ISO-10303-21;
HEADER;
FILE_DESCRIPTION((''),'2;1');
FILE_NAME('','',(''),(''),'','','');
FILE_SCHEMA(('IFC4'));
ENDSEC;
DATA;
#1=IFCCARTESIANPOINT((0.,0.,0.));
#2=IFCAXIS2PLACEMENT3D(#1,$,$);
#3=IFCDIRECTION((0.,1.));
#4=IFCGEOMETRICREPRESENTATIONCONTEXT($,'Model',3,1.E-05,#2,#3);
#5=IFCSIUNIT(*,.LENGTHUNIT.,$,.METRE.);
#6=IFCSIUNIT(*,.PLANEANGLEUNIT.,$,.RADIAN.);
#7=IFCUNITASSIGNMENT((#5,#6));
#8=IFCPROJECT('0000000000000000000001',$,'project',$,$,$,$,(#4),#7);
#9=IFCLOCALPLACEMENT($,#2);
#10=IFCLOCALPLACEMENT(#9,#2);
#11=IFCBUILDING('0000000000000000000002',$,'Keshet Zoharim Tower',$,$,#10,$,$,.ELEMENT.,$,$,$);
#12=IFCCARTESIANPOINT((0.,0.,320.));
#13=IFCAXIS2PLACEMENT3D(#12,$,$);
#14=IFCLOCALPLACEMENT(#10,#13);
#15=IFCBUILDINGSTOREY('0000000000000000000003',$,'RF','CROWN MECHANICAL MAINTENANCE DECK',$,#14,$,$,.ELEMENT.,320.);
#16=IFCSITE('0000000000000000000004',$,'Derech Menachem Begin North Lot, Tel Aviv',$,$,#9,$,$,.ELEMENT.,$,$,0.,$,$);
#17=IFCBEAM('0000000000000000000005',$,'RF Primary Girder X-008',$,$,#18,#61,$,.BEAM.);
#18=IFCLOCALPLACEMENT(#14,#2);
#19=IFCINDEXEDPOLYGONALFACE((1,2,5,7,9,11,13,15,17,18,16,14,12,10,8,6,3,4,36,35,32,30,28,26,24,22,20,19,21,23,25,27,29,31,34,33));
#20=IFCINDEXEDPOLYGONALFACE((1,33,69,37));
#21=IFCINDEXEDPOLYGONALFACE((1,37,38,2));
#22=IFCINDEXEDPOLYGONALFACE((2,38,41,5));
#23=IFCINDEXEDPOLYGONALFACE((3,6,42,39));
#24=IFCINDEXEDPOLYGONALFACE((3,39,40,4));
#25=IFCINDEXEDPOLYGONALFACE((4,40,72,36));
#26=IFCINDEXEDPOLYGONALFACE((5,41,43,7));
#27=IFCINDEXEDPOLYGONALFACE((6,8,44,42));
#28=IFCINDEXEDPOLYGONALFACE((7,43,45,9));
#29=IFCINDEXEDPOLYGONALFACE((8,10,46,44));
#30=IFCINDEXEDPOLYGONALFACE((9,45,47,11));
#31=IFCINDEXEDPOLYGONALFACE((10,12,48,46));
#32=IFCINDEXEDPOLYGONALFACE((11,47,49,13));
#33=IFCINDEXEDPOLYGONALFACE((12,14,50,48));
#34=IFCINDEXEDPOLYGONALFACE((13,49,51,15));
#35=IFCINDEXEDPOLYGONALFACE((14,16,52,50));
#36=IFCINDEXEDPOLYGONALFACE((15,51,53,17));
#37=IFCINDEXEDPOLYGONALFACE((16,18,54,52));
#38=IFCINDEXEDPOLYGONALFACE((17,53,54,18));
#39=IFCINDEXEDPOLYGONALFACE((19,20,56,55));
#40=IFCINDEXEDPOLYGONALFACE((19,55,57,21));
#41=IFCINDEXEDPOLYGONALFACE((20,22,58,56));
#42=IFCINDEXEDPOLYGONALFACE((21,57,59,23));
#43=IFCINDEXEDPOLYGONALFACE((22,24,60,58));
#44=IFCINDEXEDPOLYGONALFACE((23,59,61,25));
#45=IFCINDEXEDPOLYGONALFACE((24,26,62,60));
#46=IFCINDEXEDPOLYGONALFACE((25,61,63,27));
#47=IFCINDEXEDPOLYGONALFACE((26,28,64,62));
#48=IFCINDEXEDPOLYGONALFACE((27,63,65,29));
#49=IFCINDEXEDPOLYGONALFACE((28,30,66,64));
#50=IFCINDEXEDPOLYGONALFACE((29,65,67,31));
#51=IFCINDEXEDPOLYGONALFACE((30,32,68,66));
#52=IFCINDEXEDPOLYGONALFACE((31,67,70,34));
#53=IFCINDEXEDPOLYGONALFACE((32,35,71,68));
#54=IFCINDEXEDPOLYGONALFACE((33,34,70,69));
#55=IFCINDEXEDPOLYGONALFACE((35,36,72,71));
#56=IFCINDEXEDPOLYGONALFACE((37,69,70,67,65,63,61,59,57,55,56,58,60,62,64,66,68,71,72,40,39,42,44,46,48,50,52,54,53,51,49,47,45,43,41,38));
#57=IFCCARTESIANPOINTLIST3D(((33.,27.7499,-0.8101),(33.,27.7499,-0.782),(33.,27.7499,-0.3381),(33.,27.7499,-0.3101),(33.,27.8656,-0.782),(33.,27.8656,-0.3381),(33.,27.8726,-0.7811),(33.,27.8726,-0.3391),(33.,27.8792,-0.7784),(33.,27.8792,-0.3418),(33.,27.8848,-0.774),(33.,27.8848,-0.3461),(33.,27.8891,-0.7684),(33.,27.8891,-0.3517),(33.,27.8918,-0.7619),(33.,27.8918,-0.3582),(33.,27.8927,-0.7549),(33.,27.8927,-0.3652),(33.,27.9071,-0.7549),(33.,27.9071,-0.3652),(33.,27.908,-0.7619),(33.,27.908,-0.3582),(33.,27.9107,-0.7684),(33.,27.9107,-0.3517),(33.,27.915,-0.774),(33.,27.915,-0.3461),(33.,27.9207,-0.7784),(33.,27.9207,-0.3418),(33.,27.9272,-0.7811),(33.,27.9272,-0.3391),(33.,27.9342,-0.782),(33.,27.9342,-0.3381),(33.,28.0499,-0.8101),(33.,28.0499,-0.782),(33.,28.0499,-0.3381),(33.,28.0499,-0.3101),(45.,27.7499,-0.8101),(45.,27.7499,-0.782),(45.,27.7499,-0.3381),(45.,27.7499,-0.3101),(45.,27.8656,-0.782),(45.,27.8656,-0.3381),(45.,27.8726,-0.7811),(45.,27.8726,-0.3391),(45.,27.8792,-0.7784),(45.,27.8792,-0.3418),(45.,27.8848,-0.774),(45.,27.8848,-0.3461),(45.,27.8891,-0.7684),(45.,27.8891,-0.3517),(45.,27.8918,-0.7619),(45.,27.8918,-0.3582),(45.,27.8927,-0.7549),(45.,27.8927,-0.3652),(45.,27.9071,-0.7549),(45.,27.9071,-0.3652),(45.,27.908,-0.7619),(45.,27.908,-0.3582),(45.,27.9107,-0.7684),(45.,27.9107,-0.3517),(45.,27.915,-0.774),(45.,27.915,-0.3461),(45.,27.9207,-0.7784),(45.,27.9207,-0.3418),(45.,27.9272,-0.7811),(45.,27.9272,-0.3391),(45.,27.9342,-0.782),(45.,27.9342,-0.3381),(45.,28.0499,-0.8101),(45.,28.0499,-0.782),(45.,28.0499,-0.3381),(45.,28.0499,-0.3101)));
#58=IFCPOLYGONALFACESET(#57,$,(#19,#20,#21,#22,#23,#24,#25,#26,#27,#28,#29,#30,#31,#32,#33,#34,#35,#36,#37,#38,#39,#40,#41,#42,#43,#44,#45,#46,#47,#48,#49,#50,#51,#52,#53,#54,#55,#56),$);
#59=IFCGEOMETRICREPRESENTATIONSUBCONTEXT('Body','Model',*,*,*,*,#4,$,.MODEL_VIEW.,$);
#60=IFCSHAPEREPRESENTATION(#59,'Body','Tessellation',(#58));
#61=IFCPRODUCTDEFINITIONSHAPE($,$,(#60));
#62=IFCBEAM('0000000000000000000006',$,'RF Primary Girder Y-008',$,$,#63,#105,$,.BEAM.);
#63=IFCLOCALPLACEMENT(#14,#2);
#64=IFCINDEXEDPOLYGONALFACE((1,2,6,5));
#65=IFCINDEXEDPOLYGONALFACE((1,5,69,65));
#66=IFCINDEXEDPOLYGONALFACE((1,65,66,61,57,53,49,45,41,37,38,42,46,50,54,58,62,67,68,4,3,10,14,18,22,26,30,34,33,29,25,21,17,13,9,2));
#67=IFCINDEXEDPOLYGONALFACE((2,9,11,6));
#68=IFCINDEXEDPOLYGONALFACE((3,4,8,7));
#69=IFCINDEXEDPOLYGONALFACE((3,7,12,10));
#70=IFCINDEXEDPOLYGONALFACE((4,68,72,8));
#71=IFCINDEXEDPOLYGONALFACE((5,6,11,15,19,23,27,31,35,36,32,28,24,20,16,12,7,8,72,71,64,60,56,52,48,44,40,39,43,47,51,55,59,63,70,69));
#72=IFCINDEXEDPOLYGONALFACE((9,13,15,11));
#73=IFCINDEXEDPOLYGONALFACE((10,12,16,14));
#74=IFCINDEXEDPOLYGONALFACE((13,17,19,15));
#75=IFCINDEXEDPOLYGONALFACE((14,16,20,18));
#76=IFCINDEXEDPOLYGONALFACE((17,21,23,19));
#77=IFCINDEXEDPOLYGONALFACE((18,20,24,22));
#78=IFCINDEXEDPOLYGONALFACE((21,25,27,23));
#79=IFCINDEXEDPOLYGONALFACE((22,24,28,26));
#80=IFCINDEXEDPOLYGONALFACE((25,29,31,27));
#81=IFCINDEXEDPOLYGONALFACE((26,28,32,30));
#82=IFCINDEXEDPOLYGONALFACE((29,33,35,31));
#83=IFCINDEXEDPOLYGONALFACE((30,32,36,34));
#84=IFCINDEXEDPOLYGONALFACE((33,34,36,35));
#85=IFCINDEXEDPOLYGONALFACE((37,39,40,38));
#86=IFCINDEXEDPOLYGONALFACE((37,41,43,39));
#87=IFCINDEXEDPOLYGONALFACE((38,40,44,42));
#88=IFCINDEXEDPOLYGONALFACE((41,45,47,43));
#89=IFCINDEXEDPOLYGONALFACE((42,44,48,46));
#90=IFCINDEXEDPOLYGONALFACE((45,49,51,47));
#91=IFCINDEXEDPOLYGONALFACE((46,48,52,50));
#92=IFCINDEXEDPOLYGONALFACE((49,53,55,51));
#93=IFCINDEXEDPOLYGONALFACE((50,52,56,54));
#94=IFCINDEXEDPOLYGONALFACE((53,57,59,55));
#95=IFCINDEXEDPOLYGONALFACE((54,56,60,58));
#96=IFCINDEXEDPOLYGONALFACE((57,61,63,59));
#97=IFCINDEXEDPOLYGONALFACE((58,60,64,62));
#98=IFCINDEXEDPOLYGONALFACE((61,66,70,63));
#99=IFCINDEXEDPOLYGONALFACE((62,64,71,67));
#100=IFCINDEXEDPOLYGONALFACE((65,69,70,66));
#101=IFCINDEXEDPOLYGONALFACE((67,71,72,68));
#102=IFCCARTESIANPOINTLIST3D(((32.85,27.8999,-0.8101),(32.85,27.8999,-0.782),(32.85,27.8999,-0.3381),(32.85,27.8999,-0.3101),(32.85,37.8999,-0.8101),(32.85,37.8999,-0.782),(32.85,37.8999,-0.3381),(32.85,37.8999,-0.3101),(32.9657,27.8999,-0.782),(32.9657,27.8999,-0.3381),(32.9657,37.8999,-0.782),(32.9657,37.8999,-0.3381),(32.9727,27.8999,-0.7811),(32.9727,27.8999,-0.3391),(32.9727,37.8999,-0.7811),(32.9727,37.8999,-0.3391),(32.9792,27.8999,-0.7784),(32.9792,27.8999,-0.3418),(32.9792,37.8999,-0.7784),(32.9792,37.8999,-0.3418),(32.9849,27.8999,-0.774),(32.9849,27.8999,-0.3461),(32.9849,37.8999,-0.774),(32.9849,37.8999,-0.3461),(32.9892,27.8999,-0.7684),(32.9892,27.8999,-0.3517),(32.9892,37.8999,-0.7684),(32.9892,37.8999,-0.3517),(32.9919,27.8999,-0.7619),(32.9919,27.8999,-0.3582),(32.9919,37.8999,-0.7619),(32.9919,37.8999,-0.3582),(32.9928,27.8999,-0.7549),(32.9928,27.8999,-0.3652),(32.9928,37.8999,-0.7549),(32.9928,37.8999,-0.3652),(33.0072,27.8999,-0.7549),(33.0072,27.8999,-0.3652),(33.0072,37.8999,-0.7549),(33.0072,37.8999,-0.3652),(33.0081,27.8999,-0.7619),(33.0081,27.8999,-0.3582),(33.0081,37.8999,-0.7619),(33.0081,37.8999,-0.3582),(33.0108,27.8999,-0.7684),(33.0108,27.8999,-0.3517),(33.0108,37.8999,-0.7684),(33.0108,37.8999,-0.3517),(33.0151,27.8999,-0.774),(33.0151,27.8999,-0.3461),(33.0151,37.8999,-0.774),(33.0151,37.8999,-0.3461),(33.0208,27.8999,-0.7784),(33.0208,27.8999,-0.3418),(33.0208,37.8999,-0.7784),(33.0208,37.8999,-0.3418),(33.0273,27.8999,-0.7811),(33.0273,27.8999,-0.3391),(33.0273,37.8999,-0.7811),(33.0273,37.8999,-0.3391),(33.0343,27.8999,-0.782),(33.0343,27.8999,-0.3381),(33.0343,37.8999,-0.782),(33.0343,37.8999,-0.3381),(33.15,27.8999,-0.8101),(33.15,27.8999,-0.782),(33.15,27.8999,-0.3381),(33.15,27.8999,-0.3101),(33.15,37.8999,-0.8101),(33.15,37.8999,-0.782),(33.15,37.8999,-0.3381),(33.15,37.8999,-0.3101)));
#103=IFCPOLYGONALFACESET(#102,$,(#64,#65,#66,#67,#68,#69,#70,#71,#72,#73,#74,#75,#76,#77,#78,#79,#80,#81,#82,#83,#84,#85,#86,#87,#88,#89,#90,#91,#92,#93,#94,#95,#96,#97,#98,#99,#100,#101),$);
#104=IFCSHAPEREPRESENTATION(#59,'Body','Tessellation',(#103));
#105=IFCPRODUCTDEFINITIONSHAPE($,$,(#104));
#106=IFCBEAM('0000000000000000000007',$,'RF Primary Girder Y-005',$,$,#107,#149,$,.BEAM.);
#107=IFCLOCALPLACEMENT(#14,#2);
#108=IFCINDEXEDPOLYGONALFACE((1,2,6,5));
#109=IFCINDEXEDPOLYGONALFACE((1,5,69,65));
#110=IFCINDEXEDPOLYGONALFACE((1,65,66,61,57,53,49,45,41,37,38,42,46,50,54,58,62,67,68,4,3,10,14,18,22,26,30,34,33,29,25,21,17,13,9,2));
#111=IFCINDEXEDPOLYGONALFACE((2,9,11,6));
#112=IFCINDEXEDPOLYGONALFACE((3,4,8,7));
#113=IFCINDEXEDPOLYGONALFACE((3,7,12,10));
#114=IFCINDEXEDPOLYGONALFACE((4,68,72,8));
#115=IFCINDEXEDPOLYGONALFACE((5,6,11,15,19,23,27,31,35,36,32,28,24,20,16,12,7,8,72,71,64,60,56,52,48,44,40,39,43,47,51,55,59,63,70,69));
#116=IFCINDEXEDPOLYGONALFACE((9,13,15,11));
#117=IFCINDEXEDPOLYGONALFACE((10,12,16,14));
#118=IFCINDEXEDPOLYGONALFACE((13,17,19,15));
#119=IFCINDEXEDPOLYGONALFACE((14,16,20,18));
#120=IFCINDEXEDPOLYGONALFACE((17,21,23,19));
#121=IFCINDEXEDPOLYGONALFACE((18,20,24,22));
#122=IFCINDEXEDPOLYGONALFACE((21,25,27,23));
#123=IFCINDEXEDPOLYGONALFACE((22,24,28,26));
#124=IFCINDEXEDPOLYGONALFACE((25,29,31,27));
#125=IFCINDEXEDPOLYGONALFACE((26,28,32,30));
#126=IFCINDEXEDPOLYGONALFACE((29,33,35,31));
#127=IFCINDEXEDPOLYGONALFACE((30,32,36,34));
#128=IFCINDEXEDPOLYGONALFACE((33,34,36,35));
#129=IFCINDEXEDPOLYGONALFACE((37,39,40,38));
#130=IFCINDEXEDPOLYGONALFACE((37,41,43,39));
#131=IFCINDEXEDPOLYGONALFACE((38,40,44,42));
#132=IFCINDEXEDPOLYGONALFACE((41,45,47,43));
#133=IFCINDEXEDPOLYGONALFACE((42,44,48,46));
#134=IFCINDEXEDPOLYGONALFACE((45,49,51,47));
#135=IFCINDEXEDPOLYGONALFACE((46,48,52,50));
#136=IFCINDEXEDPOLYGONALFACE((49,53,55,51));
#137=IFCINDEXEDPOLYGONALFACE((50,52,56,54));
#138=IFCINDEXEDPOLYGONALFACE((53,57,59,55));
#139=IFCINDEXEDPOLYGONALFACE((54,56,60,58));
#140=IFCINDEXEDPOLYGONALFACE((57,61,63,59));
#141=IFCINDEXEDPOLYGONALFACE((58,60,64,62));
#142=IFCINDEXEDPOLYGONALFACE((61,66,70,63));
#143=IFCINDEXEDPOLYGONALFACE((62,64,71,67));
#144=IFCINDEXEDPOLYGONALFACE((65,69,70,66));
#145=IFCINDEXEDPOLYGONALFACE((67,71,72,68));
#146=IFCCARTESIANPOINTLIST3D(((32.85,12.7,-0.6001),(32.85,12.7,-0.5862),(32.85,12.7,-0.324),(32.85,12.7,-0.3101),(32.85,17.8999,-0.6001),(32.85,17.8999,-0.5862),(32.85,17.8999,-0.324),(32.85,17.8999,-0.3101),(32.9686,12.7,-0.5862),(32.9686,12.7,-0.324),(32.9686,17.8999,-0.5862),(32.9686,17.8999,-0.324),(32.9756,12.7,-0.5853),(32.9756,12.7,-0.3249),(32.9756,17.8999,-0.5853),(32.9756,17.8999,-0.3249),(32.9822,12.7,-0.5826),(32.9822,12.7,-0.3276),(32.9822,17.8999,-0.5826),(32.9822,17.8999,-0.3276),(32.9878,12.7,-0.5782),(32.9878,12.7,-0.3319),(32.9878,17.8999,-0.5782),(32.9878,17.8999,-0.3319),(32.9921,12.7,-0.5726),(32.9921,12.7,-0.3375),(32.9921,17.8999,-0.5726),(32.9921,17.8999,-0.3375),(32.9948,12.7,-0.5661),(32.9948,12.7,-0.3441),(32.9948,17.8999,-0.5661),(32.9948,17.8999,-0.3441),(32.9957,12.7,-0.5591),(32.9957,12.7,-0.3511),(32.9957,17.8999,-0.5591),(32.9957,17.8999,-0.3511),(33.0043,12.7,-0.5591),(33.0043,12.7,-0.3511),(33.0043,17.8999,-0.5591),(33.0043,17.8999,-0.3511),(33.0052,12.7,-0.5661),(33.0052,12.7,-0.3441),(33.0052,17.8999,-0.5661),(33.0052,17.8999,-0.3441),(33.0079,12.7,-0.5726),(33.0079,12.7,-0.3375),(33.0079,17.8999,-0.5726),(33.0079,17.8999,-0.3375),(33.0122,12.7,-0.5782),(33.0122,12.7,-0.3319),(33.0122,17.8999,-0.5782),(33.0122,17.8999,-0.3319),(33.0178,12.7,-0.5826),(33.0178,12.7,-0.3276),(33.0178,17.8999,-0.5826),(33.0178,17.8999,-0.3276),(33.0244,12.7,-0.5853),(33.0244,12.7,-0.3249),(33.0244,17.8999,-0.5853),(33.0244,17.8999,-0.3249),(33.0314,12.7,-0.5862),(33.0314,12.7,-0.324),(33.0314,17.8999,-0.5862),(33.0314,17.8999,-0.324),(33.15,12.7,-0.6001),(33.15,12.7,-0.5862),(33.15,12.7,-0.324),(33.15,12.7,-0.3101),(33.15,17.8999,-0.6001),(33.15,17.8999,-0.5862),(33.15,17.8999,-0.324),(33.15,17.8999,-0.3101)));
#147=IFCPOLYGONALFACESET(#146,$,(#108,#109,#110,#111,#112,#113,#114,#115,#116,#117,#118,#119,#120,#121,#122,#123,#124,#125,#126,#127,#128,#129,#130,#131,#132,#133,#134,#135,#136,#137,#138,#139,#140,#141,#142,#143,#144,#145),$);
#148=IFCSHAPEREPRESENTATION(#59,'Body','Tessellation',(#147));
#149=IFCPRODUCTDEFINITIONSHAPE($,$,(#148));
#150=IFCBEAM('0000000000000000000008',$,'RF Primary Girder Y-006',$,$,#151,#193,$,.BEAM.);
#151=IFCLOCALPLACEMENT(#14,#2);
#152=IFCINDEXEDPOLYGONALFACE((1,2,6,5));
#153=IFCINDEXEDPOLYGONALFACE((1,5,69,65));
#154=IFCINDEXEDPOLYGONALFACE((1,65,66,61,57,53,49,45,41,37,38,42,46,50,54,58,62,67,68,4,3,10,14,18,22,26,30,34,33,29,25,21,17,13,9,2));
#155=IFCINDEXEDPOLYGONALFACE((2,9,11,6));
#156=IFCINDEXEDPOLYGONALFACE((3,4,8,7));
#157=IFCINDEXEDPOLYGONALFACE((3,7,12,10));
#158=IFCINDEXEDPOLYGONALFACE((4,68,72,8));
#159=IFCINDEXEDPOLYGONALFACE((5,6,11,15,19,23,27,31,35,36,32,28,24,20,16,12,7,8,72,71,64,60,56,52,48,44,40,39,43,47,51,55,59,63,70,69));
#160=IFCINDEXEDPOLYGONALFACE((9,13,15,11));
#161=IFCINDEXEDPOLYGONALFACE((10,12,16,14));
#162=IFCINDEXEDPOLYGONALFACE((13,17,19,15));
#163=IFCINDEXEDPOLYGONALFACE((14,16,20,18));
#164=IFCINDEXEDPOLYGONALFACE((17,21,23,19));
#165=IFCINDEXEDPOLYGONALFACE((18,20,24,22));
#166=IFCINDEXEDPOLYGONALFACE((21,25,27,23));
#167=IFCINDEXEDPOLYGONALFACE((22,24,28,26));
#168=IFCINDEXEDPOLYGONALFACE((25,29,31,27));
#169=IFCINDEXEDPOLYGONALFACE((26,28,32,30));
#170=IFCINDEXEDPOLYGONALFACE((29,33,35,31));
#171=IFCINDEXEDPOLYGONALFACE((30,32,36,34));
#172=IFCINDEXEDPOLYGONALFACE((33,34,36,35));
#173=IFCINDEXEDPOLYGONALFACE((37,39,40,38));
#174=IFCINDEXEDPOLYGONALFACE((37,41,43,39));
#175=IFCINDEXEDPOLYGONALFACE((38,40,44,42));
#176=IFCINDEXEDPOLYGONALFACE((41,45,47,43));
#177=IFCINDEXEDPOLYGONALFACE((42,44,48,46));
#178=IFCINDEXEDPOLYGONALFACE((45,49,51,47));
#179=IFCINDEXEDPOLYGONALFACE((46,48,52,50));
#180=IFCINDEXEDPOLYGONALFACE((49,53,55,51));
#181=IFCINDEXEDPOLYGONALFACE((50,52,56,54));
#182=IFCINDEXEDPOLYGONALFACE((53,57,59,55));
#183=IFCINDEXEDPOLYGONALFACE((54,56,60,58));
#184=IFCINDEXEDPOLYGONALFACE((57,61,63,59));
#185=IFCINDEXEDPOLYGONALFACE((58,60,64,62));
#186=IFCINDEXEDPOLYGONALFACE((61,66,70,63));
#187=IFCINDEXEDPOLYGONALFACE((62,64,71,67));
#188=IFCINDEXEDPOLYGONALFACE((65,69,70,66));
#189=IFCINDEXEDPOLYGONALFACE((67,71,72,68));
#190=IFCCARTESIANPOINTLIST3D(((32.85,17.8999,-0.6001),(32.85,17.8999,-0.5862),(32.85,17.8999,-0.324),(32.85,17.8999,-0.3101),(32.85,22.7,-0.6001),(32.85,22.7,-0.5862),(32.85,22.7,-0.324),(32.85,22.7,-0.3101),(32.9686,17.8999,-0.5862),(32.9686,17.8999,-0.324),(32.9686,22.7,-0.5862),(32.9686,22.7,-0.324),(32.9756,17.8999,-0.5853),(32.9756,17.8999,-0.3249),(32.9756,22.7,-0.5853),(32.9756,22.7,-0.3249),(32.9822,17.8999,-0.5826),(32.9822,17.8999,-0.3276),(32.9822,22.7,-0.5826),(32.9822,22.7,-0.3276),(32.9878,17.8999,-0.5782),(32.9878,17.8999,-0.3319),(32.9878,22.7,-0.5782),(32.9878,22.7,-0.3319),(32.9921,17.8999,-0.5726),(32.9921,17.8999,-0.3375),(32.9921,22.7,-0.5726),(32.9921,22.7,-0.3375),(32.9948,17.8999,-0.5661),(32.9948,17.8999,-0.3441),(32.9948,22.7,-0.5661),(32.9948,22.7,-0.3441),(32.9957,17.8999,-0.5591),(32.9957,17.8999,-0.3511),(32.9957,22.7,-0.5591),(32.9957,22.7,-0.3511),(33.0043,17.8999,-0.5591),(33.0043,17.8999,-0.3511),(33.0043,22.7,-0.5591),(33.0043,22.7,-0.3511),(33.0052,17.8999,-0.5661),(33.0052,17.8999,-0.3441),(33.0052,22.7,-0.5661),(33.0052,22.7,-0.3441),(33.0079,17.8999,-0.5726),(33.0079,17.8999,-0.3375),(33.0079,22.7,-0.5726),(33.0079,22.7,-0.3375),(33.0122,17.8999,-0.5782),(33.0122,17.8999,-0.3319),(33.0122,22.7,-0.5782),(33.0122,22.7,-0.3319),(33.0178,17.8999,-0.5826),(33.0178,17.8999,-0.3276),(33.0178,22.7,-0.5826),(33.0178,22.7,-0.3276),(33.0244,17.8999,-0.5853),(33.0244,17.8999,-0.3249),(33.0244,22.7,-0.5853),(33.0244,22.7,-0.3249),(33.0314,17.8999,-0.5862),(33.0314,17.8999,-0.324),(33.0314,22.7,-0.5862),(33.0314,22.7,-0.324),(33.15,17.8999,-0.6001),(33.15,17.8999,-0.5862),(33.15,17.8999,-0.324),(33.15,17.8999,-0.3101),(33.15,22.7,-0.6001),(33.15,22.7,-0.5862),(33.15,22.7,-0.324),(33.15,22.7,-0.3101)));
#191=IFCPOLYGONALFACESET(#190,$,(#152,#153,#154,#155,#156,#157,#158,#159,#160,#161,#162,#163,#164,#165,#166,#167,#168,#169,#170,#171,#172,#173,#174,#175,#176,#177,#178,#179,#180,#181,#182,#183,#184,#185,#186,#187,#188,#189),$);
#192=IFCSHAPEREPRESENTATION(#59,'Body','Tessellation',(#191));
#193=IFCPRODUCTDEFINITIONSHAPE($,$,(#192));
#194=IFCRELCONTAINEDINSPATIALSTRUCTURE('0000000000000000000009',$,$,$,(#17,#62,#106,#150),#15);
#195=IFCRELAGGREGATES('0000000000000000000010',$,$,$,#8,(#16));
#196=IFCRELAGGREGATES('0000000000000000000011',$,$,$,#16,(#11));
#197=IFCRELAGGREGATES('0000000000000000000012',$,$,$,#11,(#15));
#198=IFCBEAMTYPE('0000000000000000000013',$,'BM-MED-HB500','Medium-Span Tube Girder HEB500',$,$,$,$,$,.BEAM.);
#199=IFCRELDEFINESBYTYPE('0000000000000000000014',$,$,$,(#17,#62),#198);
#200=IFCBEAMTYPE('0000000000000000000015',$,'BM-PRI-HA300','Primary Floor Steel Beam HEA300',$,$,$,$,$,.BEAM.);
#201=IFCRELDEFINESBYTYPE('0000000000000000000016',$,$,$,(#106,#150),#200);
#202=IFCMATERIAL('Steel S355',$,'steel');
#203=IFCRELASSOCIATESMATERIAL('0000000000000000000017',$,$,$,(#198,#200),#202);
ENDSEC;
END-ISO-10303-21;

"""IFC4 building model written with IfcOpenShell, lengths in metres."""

from ifc_helpers import new_model, si_unit, direction, frame, origin, origin_2d, place, context, subcontext, project, spatial, i_section, extrude, material, material_profile, profile_set, type_object, element, save


model = new_model("IFC4")

# Units and contexts
model_context = context("Model", 3, precision=1e-05, world=origin(), true_north=direction((0.0, 1.0)))
body_context = subcontext(model_context, "Body", "Model", "MODEL_VIEW")
ifc_project = project(units=[si_unit("LENGTHUNIT", "METRE"), si_unit("PLANEANGLEUNIT", "RADIAN")], contexts=[model_context])

# Site, building, storey
site_placement = place(None, origin())
site = spatial("IfcSite", under=ifc_project, at=site_placement, Name="Derech Menachem Begin North Lot, Tel Aviv", CompositionType="ELEMENT", RefElevation=0.0)
building_placement = place(site_placement, origin())
building = spatial("IfcBuilding", under=site, at=building_placement, Name="Keshet Zoharim Tower", CompositionType="ELEMENT")
storey_placement = place(building_placement, frame((0.0, 0.0, 320.0)))
storey = spatial("IfcBuildingStorey", under=building, at=storey_placement, Name="RF", Description="CROWN MECHANICAL MAINTENANCE DECK", CompositionType="ELEMENT", Elevation=320.0)

# Shared definitions
ifc_material_1 = material(Name="Steel S355", Category="steel")

# Beams
ifc_material_profile_1 = material_profile(ifc_material_1, i_section(OverallWidth=0.3, OverallDepth=0.5, WebThickness=0.0144, FlangeThickness=0.0281, FilletRadius=0.0271, at=origin_2d()), Name="HEB500")
ifc_profile_set_1 = profile_set([ifc_material_profile_1], Name="Steel S355")
beam_type_1 = type_object("IfcBeamType", Name="BM-MED-HB500", Description="Medium-Span Tube Girder HEB500", PredefinedType="BEAM", material=ifc_profile_set_1)
beam_1_placement = place(storey_placement, frame((33.0, 27.8999, -0.5601), z_axis=(1.0, 0.0, 0.0), x_axis=(0.0, 1.0, 0.0)))
element("IfcBeam", 1, at=beam_1_placement, inside=storey, type_object=beam_type_1, Name="RF Primary Girder X-008", PredefinedType="BEAM", context=body_context, shape_type="SweptSolid", body=[
    extrude(i_section(OverallWidth=0.3, OverallDepth=0.5, WebThickness=0.0144, FlangeThickness=0.0281, FilletRadius=0.0271, at=origin_2d()), origin(), (0.0, 0.0, 1.0), 12.0),
])
beam_2_placement = place(storey_placement, frame((33.0, 27.8999, -0.5601), z_axis=(0.0, 1.0, 0.0), x_axis=(-1.0, 0.0, 0.0)))
element("IfcBeam", 2, at=beam_2_placement, inside=storey, type_object=beam_type_1, Name="RF Primary Girder Y-008", PredefinedType="BEAM", context=body_context, shape_type="SweptSolid", body=[
    extrude(i_section(OverallWidth=0.3, OverallDepth=0.5, WebThickness=0.0144, FlangeThickness=0.0281, FilletRadius=0.0271, at=origin_2d()), origin(), (0.0, 0.0, 1.0), 10.0),
])
ifc_material_profile_2 = material_profile(ifc_material_1, i_section(OverallWidth=0.3, OverallDepth=0.29, WebThickness=0.0085, FlangeThickness=0.0139, FilletRadius=0.0271, at=origin_2d()), Name="HEA300")
ifc_profile_set_2 = profile_set([ifc_material_profile_2], Name="Steel S355")
beam_type_2 = type_object("IfcBeamType", Name="BM-PRI-HA300", Description="Primary Floor Steel Beam HEA300", PredefinedType="BEAM", material=ifc_profile_set_2)
beam_3_placement = place(storey_placement, frame((33.0, 12.7, -0.4551), z_axis=(0.0, 1.0, 0.0), x_axis=(-1.0, 0.0, 0.0)))
element("IfcBeam", 3, at=beam_3_placement, inside=storey, type_object=beam_type_2, Name="RF Primary Girder Y-005", PredefinedType="BEAM", context=body_context, shape_type="SweptSolid", body=[
    extrude(i_section(OverallWidth=0.3, OverallDepth=0.29, WebThickness=0.0085, FlangeThickness=0.0139, FilletRadius=0.0271, at=origin_2d()), origin(), (0.0, 0.0, 1.0), 5.2),
])
beam_4_placement = place(storey_placement, frame((33.0, 17.8999, -0.4551), z_axis=(0.0, 1.0, 0.0), x_axis=(-1.0, 0.0, 0.0)))
element("IfcBeam", 4, at=beam_4_placement, inside=storey, type_object=beam_type_2, Name="RF Primary Girder Y-006", PredefinedType="BEAM", context=body_context, shape_type="SweptSolid", body=[
    extrude(i_section(OverallWidth=0.3, OverallDepth=0.29, WebThickness=0.0085, FlangeThickness=0.0139, FilletRadius=0.0271, at=origin_2d()), origin(), (0.0, 0.0, 1.0), 4.8),
])

save(model, "model.ifc")
